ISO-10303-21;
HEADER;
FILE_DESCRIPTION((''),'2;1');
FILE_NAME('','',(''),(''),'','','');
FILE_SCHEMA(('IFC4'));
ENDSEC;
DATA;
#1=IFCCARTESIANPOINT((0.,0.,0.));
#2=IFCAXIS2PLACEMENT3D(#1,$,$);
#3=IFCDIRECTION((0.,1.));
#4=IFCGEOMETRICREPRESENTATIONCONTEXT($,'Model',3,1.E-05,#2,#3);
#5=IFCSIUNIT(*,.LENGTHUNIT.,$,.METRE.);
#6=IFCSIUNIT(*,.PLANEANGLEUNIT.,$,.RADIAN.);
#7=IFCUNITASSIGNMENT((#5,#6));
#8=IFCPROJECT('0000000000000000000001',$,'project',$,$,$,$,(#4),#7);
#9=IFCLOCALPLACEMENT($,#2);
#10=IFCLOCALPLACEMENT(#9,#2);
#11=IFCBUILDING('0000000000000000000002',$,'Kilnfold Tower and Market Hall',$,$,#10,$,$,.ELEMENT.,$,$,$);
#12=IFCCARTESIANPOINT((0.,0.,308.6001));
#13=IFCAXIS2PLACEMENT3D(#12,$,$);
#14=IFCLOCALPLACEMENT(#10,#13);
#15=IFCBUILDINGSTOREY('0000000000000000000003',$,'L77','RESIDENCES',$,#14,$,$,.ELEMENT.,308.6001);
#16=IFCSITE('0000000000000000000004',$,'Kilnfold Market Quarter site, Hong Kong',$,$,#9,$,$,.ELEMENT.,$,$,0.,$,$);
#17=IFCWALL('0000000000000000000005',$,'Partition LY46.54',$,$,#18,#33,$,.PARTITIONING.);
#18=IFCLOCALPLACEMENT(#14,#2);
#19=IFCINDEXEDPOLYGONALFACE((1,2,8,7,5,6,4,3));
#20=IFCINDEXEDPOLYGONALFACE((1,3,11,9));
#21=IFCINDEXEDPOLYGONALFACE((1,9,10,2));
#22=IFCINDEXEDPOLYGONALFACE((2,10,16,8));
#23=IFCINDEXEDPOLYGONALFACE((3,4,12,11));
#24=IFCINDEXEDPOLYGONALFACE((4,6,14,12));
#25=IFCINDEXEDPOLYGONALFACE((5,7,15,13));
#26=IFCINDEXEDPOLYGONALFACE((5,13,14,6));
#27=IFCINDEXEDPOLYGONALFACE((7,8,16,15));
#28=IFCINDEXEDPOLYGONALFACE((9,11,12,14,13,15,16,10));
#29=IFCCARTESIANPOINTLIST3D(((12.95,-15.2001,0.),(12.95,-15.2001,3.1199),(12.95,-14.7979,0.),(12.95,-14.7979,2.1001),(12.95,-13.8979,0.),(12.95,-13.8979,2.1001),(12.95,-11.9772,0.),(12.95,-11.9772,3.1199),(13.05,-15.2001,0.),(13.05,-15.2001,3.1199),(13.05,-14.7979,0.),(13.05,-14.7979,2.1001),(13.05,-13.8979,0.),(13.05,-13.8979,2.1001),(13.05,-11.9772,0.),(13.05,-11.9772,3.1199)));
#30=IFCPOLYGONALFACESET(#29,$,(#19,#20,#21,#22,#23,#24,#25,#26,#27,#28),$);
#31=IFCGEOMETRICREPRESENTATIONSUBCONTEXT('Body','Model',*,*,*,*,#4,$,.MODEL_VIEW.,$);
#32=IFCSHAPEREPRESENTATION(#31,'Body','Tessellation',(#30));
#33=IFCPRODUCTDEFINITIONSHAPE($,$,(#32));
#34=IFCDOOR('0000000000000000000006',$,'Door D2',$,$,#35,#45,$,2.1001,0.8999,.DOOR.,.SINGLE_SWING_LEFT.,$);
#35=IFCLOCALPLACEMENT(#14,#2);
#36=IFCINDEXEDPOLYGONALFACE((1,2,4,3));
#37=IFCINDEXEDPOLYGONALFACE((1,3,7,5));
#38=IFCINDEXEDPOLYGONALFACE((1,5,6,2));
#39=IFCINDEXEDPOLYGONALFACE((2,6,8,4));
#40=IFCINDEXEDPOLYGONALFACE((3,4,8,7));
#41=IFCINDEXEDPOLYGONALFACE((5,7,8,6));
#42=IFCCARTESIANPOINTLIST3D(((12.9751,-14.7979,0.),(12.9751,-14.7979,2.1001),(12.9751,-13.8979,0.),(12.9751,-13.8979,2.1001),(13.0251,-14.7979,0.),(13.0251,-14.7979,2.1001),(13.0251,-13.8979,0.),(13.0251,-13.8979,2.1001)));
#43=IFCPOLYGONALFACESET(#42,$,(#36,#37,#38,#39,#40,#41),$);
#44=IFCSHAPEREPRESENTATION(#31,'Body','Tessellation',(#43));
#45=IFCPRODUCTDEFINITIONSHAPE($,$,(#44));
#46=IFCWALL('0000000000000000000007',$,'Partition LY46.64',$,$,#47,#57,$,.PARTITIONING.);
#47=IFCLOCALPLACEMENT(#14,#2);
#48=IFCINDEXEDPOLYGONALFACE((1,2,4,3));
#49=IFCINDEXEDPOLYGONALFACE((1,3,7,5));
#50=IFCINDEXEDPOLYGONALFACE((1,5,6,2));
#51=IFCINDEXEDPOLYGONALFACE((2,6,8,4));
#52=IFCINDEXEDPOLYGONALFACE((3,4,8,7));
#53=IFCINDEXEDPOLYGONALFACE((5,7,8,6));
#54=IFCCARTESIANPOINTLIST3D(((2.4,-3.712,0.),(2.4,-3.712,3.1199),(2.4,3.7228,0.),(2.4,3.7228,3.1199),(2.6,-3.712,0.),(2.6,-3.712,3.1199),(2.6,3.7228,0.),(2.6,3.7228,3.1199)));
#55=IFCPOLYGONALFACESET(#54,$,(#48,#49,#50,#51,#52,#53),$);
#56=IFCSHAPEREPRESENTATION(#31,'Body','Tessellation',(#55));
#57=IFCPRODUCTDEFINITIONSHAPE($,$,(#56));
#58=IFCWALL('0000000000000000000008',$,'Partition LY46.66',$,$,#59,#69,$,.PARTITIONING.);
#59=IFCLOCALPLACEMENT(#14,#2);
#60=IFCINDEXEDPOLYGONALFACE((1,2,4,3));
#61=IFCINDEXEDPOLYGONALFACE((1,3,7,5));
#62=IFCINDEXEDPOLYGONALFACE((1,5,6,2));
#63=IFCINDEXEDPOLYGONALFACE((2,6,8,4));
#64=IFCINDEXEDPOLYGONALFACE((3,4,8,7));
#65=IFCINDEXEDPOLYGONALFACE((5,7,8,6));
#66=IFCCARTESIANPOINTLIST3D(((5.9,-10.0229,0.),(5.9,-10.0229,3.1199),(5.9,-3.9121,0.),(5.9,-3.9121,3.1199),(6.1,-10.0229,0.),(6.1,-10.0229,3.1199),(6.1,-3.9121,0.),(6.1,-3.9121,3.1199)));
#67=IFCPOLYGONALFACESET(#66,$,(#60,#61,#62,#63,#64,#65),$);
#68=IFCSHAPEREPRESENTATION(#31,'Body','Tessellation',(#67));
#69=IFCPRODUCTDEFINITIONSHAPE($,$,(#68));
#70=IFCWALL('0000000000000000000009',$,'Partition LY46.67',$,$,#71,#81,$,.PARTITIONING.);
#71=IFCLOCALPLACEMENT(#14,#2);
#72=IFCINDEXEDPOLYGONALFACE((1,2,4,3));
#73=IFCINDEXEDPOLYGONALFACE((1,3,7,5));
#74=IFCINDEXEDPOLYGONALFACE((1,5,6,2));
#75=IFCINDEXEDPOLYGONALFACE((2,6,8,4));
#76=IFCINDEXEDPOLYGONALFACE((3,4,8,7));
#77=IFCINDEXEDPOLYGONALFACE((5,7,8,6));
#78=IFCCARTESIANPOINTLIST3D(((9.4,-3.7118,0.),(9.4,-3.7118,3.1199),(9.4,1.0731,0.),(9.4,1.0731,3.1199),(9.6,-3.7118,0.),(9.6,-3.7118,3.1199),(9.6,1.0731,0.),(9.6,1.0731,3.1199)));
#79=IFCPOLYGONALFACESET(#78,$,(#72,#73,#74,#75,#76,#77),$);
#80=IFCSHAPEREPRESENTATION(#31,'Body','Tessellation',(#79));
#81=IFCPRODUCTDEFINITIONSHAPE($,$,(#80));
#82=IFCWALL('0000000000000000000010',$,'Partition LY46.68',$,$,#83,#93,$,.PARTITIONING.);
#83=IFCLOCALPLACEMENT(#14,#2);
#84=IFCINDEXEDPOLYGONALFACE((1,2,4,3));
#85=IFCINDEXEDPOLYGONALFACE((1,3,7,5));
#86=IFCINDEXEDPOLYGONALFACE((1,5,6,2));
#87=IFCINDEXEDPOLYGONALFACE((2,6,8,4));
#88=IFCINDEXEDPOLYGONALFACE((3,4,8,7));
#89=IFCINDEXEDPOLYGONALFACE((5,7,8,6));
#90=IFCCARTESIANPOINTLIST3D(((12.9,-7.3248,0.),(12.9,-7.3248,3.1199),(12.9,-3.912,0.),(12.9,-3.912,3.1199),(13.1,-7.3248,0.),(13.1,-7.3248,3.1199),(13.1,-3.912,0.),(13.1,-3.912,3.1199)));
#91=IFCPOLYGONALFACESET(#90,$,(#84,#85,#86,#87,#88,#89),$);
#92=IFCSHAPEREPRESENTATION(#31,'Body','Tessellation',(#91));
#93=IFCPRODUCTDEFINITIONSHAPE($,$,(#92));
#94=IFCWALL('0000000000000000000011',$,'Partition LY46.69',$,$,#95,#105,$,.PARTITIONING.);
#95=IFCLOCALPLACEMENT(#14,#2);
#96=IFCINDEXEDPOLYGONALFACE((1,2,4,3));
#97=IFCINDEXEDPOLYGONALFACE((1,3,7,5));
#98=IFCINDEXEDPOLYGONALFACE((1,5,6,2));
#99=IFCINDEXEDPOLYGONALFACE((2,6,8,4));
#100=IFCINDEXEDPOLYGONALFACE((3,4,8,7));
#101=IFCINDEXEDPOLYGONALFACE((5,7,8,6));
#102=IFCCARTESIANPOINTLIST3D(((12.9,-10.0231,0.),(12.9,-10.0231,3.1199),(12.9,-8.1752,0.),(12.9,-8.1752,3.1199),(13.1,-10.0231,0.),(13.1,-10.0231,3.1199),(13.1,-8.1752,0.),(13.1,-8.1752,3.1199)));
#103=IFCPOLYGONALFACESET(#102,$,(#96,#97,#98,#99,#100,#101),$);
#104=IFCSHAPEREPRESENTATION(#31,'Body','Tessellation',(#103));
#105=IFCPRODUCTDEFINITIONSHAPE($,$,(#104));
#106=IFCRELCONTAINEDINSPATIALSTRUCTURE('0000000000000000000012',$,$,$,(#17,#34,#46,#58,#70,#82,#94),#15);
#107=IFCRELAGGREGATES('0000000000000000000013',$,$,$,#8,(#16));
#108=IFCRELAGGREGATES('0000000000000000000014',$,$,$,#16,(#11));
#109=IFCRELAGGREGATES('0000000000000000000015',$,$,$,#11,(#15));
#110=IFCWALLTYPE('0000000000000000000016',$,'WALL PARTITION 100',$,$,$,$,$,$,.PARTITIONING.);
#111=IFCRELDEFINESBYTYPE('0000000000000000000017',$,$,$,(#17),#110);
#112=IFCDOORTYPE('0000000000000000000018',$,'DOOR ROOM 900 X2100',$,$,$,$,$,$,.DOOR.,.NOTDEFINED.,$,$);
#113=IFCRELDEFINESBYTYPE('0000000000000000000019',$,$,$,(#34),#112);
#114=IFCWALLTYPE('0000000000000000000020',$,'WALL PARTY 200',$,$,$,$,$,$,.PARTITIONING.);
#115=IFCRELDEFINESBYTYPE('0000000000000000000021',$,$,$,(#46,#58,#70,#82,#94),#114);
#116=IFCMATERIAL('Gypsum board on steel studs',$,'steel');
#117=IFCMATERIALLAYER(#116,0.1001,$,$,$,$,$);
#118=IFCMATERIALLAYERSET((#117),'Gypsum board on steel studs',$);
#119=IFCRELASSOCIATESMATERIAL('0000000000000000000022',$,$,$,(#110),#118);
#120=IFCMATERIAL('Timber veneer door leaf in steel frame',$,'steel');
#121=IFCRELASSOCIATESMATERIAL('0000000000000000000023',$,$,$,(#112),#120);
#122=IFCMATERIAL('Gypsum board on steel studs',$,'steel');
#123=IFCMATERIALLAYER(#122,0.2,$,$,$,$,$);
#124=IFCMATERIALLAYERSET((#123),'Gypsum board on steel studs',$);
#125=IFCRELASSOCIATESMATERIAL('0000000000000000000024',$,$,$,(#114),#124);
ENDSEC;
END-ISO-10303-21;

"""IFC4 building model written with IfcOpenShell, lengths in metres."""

from ifc_helpers import new_model, si_unit, direction, frame, frame_2d, origin, place, context, subcontext, project, spatial, rectangle, extrude, material, layer, layer_set, type_object, element, fill, save


model = new_model("IFC4")

# Units and contexts
model_context = context("Model", 3, precision=1e-05, world=origin(), true_north=direction((0.0, 1.0)))
body_context = subcontext(model_context, "Body", "Model", "MODEL_VIEW")
ifc_project = project(units=[si_unit("LENGTHUNIT", "METRE"), si_unit("PLANEANGLEUNIT", "RADIAN")], contexts=[model_context])

# Site, building, storey
site_placement = place(None, origin())
site = spatial("IfcSite", under=ifc_project, at=site_placement, Name="Kilnfold Market Quarter site, Hong Kong", CompositionType="ELEMENT", RefElevation=0.0)
building_placement = place(site_placement, origin())
building = spatial("IfcBuilding", under=site, at=building_placement, Name="Kilnfold Tower and Market Hall", CompositionType="ELEMENT")
storey_placement = place(building_placement, frame((0.0, 0.0, 308.6001)))
storey = spatial("IfcBuildingStorey", under=building, at=storey_placement, Name="L77", Description="RESIDENCES", CompositionType="ELEMENT", Elevation=308.6001)

# Wall, opening, door
ifc_material_1 = material(Name="Gypsum board on steel studs", Category="steel")
ifc_layer_1 = layer(ifc_material_1, 0.1001)
ifc_layer_set_1 = layer_set([ifc_layer_1], Name="Gypsum board on steel studs")
wall_type_1 = type_object("IfcWallType", Name="WALL PARTITION 100", PredefinedType="PARTITIONING", material=ifc_layer_set_1)
wall_1_placement = place(storey_placement, frame((13.0, -15.2, 0.0), z_axis=(0.0, 0.0, 1.0), x_axis=(0.0, 1.0, 0.0)))
wall_1 = element("IfcWall", 1, at=wall_1_placement, inside=storey, type_object=wall_type_1, Name="Partition LY46.54", PredefinedType="PARTITIONING", context=body_context, shape_type="SweptSolid", body=[
    extrude(rectangle(XDim=3.2229, YDim=0.1001, at=frame_2d((1.6113, 0.0))), origin(), (0.0, 0.0, 1.0), 3.1199),
])
opening_placement = place(wall_1_placement, frame((0.4021, 0.0, 0.0)))
opening = element("IfcOpeningElement", 2, at=opening_placement, cuts=wall_1, PredefinedType="OPENING", context=body_context, shape_type="SweptSolid", body=[
    extrude(rectangle(XDim=0.8999, YDim=2.1001, at=frame_2d((0.45, 1.05))), frame((0.0, 0.0601, 0.0), z_axis=(0.0, -1.0, 0.0), x_axis=(1.0, 0.0, 0.0)), (0.0, 0.0, 1.0), 0.1201),
])
ifc_material_2 = material(Name="Timber veneer door leaf in steel frame", Category="steel")
door_type = type_object("IfcDoorType", Name="DOOR ROOM 900 X2100", OperationType="NOTDEFINED", PredefinedType="DOOR", material=ifc_material_2)
door_placement = place(opening_placement, origin())
door = element("IfcDoor", 3, at=door_placement, inside=storey, type_object=door_type, Name="Door D2", OperationType="SINGLE_SWING_LEFT", OverallHeight=2.1001, OverallWidth=0.8999, PredefinedType="DOOR", context=body_context, shape_type="SweptSolid", body=[
    extrude(rectangle(XDim=0.8999, YDim=2.1001, at=frame_2d((0.45, 1.05))), frame((0.0, 0.0249, 0.0), z_axis=(0.0, -1.0, 0.0), x_axis=(1.0, 0.0, 0.0)), (0.0, 0.0, 1.0), 0.05),
])
fill(opening, door)

# Walls
ifc_material_3 = material(Name="Gypsum board on steel studs", Category="steel")
ifc_layer_2 = layer(ifc_material_3, 0.2)
ifc_layer_set_2 = layer_set([ifc_layer_2], Name="Gypsum board on steel studs")
wall_type_2 = type_object("IfcWallType", Name="WALL PARTY 200", PredefinedType="PARTITIONING", material=ifc_layer_set_2)
wall_2_placement = place(storey_placement, frame((2.5, -3.7119, 0.0), z_axis=(0.0, 0.0, 1.0), x_axis=(0.0, 1.0, 0.0)))
element("IfcWall", 4, at=wall_2_placement, inside=storey, type_object=wall_type_2, Name="Partition LY46.64", PredefinedType="PARTITIONING", context=body_context, shape_type="SweptSolid", body=[
    extrude(rectangle(XDim=7.4348, YDim=0.2, at=frame_2d((3.7173, 0.0))), origin(), (0.0, 0.0, 1.0), 3.1199),
])
wall_3_placement = place(storey_placement, frame((6.0, -10.0229, 0.0), z_axis=(0.0, 0.0, 1.0), x_axis=(0.0, 1.0, 0.0)))
element("IfcWall", 5, at=wall_3_placement, inside=storey, type_object=wall_type_2, Name="Partition LY46.66", PredefinedType="PARTITIONING", context=body_context, shape_type="SweptSolid", body=[
    extrude(rectangle(XDim=6.1108, YDim=0.2, at=frame_2d((3.0554, 0.0))), origin(), (0.0, 0.0, 1.0), 3.1199),
])
wall_4_placement = place(storey_placement, frame((9.5, -3.7119, 0.0), z_axis=(0.0, 0.0, 1.0), x_axis=(0.0, 1.0, 0.0)))
element("IfcWall", 6, at=wall_4_placement, inside=storey, type_object=wall_type_2, Name="Partition LY46.67", PredefinedType="PARTITIONING", context=body_context, shape_type="SweptSolid", body=[
    extrude(rectangle(XDim=4.7849, YDim=0.2, at=frame_2d((2.3926, 0.0))), origin(), (0.0, 0.0, 1.0), 3.1199),
])
wall_5_placement = place(storey_placement, frame((13.0, -7.325, 0.0), z_axis=(0.0, 0.0, 1.0), x_axis=(0.0, 1.0, 0.0)))
element("IfcWall", 7, at=wall_5_placement, inside=storey, type_object=wall_type_2, Name="Partition LY46.68", PredefinedType="PARTITIONING", context=body_context, shape_type="SweptSolid", body=[
    extrude(rectangle(XDim=3.4128, YDim=0.2, at=frame_2d((1.7065, 0.0))), origin(), (0.0, 0.0, 1.0), 3.1199),
])
wall_6_placement = place(storey_placement, frame((13.0, -10.0229, 0.0), z_axis=(0.0, 0.0, 1.0), x_axis=(0.0, 1.0, 0.0)))
element("IfcWall", 8, at=wall_6_placement, inside=storey, type_object=wall_type_2, Name="Partition LY46.69", PredefinedType="PARTITIONING", context=body_context, shape_type="SweptSolid", body=[
    extrude(rectangle(XDim=1.8479, YDim=0.2, at=frame_2d((0.9238, 0.0))), origin(), (0.0, 0.0, 1.0), 3.1199),
])

save(model, "model.ifc")
